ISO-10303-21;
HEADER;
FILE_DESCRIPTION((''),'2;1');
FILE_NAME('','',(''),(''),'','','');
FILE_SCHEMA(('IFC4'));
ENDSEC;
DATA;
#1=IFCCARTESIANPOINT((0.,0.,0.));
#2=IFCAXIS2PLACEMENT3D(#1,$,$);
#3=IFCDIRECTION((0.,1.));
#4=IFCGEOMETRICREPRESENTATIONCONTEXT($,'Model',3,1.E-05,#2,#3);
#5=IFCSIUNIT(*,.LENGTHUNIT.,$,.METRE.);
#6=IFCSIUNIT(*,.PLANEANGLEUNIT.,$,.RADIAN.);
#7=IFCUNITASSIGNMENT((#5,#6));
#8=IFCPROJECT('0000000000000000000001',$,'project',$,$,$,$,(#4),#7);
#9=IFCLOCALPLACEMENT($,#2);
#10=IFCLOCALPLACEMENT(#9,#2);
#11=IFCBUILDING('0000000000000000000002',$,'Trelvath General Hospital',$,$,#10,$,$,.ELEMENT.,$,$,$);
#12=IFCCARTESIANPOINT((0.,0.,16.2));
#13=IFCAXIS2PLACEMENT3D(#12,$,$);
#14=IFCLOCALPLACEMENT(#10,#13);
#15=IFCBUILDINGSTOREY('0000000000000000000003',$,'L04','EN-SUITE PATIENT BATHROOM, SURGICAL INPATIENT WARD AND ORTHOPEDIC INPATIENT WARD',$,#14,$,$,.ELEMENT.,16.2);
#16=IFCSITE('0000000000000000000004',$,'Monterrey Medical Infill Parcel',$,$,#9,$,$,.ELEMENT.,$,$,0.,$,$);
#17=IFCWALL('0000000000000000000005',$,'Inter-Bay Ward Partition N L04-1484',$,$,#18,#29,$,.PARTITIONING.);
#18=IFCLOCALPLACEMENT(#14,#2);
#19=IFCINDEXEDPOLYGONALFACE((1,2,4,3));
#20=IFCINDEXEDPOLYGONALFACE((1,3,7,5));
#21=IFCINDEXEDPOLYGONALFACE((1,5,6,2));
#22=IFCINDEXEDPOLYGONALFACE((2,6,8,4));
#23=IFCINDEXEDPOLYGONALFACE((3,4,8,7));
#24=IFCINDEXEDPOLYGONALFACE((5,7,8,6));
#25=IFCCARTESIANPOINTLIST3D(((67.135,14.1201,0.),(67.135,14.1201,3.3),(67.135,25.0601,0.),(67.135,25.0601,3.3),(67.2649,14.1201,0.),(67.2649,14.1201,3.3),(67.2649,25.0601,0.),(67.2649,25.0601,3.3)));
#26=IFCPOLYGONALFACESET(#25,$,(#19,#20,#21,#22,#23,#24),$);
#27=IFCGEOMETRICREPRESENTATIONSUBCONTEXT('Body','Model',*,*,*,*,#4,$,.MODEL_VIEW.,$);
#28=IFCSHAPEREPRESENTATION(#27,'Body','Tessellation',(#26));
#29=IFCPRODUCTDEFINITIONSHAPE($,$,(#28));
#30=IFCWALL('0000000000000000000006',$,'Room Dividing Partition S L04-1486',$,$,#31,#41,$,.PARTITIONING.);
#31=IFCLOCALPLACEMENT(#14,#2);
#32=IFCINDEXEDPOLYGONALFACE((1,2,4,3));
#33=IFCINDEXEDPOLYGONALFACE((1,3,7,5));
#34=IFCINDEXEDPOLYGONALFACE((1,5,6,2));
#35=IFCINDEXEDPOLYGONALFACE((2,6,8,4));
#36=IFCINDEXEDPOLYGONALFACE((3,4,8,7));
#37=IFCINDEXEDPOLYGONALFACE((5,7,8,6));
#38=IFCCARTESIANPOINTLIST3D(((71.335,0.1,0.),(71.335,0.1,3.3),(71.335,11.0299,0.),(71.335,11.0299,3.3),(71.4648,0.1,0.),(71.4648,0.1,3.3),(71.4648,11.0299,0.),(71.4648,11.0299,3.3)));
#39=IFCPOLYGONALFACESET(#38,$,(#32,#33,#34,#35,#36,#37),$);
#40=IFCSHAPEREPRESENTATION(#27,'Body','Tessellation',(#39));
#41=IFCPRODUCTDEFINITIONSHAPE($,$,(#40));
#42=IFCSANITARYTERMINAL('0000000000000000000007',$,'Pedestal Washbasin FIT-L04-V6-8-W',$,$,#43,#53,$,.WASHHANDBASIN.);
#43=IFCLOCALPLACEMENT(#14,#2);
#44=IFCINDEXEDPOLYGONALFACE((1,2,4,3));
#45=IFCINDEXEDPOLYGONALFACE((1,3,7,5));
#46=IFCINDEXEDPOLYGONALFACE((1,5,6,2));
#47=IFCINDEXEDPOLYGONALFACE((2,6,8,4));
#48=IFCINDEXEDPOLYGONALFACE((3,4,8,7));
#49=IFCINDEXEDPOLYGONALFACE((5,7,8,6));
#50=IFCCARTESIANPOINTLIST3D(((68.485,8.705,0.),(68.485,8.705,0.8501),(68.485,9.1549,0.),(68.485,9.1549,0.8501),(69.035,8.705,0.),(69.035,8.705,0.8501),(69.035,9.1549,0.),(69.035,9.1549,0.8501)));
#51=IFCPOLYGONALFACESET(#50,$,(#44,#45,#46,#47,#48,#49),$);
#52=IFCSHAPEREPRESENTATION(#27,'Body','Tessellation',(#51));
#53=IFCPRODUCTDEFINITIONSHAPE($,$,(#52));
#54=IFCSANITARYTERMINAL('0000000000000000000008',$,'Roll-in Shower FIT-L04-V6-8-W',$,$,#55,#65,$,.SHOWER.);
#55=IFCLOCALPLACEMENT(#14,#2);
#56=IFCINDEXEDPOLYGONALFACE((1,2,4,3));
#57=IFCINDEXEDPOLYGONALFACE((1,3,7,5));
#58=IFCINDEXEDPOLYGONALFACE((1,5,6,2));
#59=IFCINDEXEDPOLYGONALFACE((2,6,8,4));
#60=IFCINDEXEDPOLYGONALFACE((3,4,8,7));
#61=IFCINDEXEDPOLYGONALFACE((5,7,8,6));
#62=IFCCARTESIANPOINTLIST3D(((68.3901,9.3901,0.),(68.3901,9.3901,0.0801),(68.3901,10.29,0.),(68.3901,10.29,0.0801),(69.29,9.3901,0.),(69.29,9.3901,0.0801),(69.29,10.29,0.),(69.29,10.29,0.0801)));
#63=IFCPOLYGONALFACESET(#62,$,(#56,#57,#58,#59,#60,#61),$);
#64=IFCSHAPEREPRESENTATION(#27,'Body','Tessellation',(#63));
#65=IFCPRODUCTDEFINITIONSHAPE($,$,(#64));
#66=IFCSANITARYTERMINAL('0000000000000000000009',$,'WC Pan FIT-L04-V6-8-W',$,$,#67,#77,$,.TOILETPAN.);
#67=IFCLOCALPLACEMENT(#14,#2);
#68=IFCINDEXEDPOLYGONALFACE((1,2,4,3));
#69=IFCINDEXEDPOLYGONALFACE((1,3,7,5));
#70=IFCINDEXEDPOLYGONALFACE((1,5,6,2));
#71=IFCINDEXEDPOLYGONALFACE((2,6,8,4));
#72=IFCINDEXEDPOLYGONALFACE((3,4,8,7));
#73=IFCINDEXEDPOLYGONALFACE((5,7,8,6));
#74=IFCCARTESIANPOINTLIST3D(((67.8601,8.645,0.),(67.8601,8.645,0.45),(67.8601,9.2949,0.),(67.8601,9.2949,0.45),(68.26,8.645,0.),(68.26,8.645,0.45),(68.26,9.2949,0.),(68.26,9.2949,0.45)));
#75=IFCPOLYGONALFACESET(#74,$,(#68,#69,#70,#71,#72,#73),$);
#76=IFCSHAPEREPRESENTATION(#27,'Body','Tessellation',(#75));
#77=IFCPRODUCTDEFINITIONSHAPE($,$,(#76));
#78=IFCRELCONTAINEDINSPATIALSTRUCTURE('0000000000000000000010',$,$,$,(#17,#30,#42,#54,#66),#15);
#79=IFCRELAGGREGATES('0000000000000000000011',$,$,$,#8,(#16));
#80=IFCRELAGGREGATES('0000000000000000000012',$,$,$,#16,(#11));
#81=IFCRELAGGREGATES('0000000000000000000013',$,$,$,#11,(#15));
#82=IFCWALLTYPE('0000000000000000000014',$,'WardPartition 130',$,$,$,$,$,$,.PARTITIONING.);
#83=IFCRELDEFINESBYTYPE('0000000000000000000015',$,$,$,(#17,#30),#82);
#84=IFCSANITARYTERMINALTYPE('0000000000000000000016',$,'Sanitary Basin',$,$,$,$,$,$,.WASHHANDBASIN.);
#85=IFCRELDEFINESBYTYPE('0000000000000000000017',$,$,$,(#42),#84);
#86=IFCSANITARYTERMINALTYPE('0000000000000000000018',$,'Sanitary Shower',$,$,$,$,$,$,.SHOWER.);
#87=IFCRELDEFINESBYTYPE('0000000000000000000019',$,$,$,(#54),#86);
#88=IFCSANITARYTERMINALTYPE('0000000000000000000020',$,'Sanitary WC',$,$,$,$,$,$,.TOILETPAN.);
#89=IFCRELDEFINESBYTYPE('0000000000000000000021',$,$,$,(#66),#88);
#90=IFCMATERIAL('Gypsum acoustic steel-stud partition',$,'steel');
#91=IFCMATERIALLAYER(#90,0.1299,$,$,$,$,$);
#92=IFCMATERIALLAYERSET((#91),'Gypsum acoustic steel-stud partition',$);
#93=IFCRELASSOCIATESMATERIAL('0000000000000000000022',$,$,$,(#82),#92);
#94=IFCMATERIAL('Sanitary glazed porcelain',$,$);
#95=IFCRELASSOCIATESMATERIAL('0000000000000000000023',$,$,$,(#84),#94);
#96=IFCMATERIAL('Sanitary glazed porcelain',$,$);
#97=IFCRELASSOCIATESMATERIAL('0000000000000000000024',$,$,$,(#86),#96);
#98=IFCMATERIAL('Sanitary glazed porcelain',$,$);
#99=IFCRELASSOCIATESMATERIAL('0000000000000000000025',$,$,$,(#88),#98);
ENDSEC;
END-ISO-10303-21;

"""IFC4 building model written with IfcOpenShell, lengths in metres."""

from ifc_helpers import new_model, si_unit, direction, frame, frame_2d, origin, origin_2d, place, context, subcontext, project, spatial, rectangle, extrude, material, layer, layer_set, type_object, element, save


model = new_model("IFC4")

# Units and contexts
model_context = context("Model", 3, precision=1e-05, world=origin(), true_north=direction((0.0, 1.0)))
body_context = subcontext(model_context, "Body", "Model", "MODEL_VIEW")
ifc_project = project(units=[si_unit("LENGTHUNIT", "METRE"), si_unit("PLANEANGLEUNIT", "RADIAN")], contexts=[model_context])

# Site, building, storey
site_placement = place(None, origin())
site = spatial("IfcSite", under=ifc_project, at=site_placement, Name="Monterrey Medical Infill Parcel", CompositionType="ELEMENT", RefElevation=0.0)
building_placement = place(site_placement, origin())
building = spatial("IfcBuilding", under=site, at=building_placement, Name="Trelvath General Hospital", CompositionType="ELEMENT")
storey_placement = place(building_placement, frame((0.0, 0.0, 16.2)))
storey = spatial("IfcBuildingStorey", under=building, at=storey_placement, Name="L04", Description="EN-SUITE PATIENT BATHROOM, SURGICAL INPATIENT WARD AND ORTHOPEDIC INPATIENT WARD", CompositionType="ELEMENT", Elevation=16.2)

# Walls
ifc_material_1 = material(Name="Gypsum acoustic steel-stud partition", Category="steel")
ifc_layer_1 = layer(ifc_material_1, 0.1299)
ifc_layer_set_1 = layer_set([ifc_layer_1], Name="Gypsum acoustic steel-stud partition")
wall_type_1 = type_object("IfcWallType", Name="WardPartition 130", PredefinedType="PARTITIONING", material=ifc_layer_set_1)
wall_1_placement = place(storey_placement, frame((67.2, 14.1201, 0.0), z_axis=(0.0, 0.0, 1.0), x_axis=(0.0, 1.0, 0.0)))
element("IfcWall", 1, at=wall_1_placement, inside=storey, type_object=wall_type_1, Name="Inter-Bay Ward Partition N L04-1484", PredefinedType="PARTITIONING", context=body_context, shape_type="SweptSolid", body=[
    extrude(rectangle(XDim=10.9399, YDim=0.1299, at=frame_2d((5.47, 0.0))), origin(), (0.0, 0.0, 1.0), 3.3),
])
wall_2_placement = place(storey_placement, frame((71.3999, 0.1001, 0.0), z_axis=(0.0, 0.0, 1.0), x_axis=(0.0, 1.0, 0.0)))
element("IfcWall", 2, at=wall_2_placement, inside=storey, type_object=wall_type_1, Name="Room Dividing Partition S L04-1486", PredefinedType="PARTITIONING", context=body_context, shape_type="SweptSolid", body=[
    extrude(rectangle(XDim=10.9299, YDim=0.1299, at=frame_2d((5.4648, 0.0))), origin(), (0.0, 0.0, 1.0), 3.3),
])

# Sanitary terminals
ifc_material_2 = material(Name="Sanitary glazed porcelain")
sanitary_terminal_type_1 = type_object("IfcSanitaryTerminalType", Name="Sanitary Basin", PredefinedType="WASHHANDBASIN", material=ifc_material_2)
sanitary_terminal_1_placement = place(storey_placement, frame((68.76, 8.9299, 0.0), z_axis=(0.0, 0.0, 1.0), x_axis=(1.0, 0.0, 0.0)))
element("IfcSanitaryTerminal", 3, at=sanitary_terminal_1_placement, inside=storey, type_object=sanitary_terminal_type_1, Name="Pedestal Washbasin FIT-L04-V6-8-W", PredefinedType="WASHHANDBASIN", context=body_context, shape_type="SweptSolid", body=[
    extrude(rectangle(XDim=0.55, YDim=0.45, at=origin_2d()), origin(), (0.0, 0.0, 1.0), 0.8501),
])
ifc_material_3 = material(Name="Sanitary glazed porcelain")
sanitary_terminal_type_2 = type_object("IfcSanitaryTerminalType", Name="Sanitary Shower", PredefinedType="SHOWER", material=ifc_material_3)
sanitary_terminal_2_placement = place(storey_placement, frame((68.8401, 9.8401, 0.0), z_axis=(0.0, 0.0, 1.0), x_axis=(1.0, 0.0, 0.0)))
element("IfcSanitaryTerminal", 4, at=sanitary_terminal_2_placement, inside=storey, type_object=sanitary_terminal_type_2, Name="Roll-in Shower FIT-L04-V6-8-W", PredefinedType="SHOWER", context=body_context, shape_type="SweptSolid", body=[
    extrude(rectangle(XDim=0.8999, YDim=0.8999, at=origin_2d()), origin(), (0.0, 0.0, 1.0), 0.0801),
])
ifc_material_4 = material(Name="Sanitary glazed porcelain")
sanitary_terminal_type_3 = type_object("IfcSanitaryTerminalType", Name="Sanitary WC", PredefinedType="TOILETPAN", material=ifc_material_4)
sanitary_terminal_3_placement = place(storey_placement, frame((68.0601, 8.97, 0.0), z_axis=(0.0, 0.0, 1.0), x_axis=(1.0, 0.0, 0.0)))
element("IfcSanitaryTerminal", 5, at=sanitary_terminal_3_placement, inside=storey, type_object=sanitary_terminal_type_3, Name="WC Pan FIT-L04-V6-8-W", PredefinedType="TOILETPAN", context=body_context, shape_type="SweptSolid", body=[
    extrude(rectangle(XDim=0.3999, YDim=0.6499, at=origin_2d()), origin(), (0.0, 0.0, 1.0), 0.45),
])

save(model, "model.ifc")
